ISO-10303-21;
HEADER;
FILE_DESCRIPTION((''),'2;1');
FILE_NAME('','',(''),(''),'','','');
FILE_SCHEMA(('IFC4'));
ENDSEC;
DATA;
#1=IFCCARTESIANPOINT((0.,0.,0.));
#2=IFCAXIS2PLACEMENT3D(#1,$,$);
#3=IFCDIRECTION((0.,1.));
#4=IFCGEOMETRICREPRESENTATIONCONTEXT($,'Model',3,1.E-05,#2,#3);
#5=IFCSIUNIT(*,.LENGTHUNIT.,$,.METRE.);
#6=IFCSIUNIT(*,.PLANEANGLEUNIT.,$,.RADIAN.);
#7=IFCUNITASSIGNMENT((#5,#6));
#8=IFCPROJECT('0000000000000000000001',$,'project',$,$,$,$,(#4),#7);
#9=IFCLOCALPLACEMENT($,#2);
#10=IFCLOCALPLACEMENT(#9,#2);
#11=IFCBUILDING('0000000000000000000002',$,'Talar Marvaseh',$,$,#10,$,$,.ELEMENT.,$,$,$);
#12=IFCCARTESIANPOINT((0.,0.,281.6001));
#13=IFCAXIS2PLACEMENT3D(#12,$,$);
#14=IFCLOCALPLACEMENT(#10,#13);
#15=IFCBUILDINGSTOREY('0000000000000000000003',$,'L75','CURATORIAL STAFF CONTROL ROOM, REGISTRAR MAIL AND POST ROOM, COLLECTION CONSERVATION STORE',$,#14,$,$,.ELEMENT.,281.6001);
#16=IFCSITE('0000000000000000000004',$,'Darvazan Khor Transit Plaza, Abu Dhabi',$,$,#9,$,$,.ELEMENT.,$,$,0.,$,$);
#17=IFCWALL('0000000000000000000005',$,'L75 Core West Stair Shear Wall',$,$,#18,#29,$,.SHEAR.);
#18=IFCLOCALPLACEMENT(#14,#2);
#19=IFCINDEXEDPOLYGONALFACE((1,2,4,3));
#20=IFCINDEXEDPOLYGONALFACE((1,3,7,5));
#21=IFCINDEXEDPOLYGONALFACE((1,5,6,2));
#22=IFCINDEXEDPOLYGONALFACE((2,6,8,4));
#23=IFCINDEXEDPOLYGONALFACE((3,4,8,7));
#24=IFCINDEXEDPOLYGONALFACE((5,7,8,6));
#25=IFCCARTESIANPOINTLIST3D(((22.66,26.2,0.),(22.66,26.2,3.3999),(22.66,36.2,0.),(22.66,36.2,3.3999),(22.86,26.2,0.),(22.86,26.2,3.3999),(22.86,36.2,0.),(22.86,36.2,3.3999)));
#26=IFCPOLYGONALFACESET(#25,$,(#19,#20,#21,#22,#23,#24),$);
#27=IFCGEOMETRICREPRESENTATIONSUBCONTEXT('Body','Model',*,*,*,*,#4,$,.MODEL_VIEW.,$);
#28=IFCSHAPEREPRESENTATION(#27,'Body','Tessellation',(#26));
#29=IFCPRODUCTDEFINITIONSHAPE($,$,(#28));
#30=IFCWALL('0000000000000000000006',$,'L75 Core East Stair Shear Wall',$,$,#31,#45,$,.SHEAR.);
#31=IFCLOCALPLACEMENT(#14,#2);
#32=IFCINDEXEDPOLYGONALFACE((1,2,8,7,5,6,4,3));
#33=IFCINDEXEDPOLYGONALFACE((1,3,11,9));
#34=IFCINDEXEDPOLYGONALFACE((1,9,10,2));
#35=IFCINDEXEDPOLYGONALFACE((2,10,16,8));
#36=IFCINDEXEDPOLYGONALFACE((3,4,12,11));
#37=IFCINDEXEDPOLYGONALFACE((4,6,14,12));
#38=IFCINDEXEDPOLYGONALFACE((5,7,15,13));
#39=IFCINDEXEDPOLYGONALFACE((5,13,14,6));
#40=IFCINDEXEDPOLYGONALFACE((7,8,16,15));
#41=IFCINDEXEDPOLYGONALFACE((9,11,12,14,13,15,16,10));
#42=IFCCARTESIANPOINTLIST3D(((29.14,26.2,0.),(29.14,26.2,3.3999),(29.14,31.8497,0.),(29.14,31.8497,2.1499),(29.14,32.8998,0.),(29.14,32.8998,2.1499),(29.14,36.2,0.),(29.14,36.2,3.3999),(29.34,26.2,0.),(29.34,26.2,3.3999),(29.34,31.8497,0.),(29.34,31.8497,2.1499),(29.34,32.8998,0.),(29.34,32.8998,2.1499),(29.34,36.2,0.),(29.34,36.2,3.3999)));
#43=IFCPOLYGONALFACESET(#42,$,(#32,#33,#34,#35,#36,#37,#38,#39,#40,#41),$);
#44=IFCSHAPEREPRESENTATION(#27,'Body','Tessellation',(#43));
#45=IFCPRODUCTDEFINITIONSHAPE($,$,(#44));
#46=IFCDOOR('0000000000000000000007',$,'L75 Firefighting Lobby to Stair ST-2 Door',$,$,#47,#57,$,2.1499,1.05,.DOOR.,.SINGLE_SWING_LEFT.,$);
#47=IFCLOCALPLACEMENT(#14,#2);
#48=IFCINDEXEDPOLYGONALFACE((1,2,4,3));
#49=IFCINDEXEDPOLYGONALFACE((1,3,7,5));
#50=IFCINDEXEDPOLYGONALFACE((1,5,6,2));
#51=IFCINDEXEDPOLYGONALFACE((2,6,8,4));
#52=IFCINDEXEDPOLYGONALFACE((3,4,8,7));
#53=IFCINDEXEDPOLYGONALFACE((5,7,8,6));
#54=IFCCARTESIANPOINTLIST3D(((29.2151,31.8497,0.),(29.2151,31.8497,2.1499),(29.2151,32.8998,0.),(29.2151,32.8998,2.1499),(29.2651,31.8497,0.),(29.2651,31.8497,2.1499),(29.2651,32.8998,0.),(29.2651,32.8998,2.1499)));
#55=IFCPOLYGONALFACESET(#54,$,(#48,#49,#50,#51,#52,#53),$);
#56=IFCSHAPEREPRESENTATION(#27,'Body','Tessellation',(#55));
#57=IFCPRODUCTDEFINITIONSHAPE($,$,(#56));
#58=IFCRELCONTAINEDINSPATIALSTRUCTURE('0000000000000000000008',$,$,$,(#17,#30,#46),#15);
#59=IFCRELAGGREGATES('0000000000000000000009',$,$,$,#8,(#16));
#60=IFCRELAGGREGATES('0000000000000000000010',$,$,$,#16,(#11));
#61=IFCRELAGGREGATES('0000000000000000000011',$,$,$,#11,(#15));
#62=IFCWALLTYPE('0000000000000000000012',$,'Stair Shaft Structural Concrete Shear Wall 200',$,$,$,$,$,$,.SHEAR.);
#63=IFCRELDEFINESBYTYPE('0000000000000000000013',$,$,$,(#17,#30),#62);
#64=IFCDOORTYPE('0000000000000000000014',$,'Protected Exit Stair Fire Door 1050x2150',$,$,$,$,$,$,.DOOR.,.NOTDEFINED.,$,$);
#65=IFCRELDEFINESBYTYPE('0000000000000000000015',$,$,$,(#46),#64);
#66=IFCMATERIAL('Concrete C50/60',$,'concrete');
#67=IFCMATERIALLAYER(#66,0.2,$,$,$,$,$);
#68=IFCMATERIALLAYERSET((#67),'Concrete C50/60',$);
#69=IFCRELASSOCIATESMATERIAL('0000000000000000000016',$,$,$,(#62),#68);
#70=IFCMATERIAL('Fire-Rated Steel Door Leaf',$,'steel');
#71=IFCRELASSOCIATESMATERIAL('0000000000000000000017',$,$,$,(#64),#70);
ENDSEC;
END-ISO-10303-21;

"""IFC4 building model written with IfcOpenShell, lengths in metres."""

from ifc_helpers import new_model, si_unit, direction, frame, frame_2d, origin, place, context, subcontext, project, spatial, rectangle, extrude, source, transform, mapped, material, layer, layer_set, type_object, type_shapes, element, fill, save


model = new_model("IFC4")

# Units and contexts
model_context = context("Model", 3, precision=1e-05, world=origin(), true_north=direction((0.0, 1.0)))
body_context = subcontext(model_context, "Body", "Model", "MODEL_VIEW")
ifc_project = project(units=[si_unit("LENGTHUNIT", "METRE"), si_unit("PLANEANGLEUNIT", "RADIAN")], contexts=[model_context])

# Site, building, storey
site_placement = place(None, origin())
site = spatial("IfcSite", under=ifc_project, at=site_placement, Name="Darvazan Khor Transit Plaza, Abu Dhabi", CompositionType="ELEMENT", RefElevation=0.0)
building_placement = place(site_placement, origin())
building = spatial("IfcBuilding", under=site, at=building_placement, Name="Talar Marvaseh", CompositionType="ELEMENT")
storey_placement = place(building_placement, frame((0.0, 0.0, 281.6001)))
storey = spatial("IfcBuildingStorey", under=building, at=storey_placement, Name="L75", Description="CURATORIAL STAFF CONTROL ROOM, REGISTRAR MAIL AND POST ROOM, COLLECTION CONSERVATION STORE", CompositionType="ELEMENT", Elevation=281.6001)

# Shared definitions
ifc_material_1 = material(Name="Concrete C50/60", Category="concrete")

# Shared definitions
ifc_material_2 = material(Name="Fire-Rated Steel Door Leaf", Category="steel")

# Wall
ifc_layer_1 = layer(ifc_material_1, 0.2)
ifc_layer_set_1 = layer_set([ifc_layer_1], Name="Concrete C50/60")
wall_type_1 = type_object("IfcWallType", Name="Stair Shaft Structural Concrete Shear Wall 200", PredefinedType="SHEAR", material=ifc_layer_set_1)
wall_1_placement = place(storey_placement, frame((22.76, 26.2, 0.0), z_axis=(0.0, 0.0, 1.0), x_axis=(0.0, 1.0, 0.0)))
element("IfcWall", 1, at=wall_1_placement, inside=storey, type_object=wall_type_1, Name="L75 Core West Stair Shear Wall", PredefinedType="SHEAR", context=body_context, shape_type="SweptSolid", body=[
    extrude(rectangle(XDim=10.0, YDim=0.2, at=frame_2d((5.0, 0.0))), origin(), (0.0, 0.0, 1.0), 3.3999),
])

# Wall, opening, door
wall_2_placement = place(storey_placement, frame((29.24, 26.2, 0.0), z_axis=(0.0, 0.0, 1.0), x_axis=(0.0, 1.0, 0.0)))
wall_2 = element("IfcWall", 2, at=wall_2_placement, inside=storey, type_object=wall_type_1, Name="L75 Core East Stair Shear Wall", PredefinedType="SHEAR", context=body_context, shape_type="SweptSolid", body=[
    extrude(rectangle(XDim=10.0, YDim=0.2, at=frame_2d((5.0, 0.0))), origin(), (0.0, 0.0, 1.0), 3.3999),
])
opening_1_placement = place(wall_2_placement, frame((5.6499, 0.0, 0.0)))
opening_1 = element("IfcOpeningElement", 3, at=opening_1_placement, cuts=wall_2, PredefinedType="OPENING", context=body_context, shape_type="SweptSolid", body=[
    extrude(rectangle(XDim=1.05, YDim=2.1499, at=frame_2d((0.5249, 1.075))), frame((0.0, 0.1099, 0.0), z_axis=(0.0, -1.0, 0.0), x_axis=(1.0, 0.0, 0.0)), (0.0, 0.0, 1.0), 0.22),
])
door_type_1 = type_object("IfcDoorType", Name="Protected Exit Stair Fire Door 1050x2150", OperationType="NOTDEFINED", PredefinedType="DOOR", material=ifc_material_2)
shared_shape_1 = source(origin(), body_context, "Body", "SweptSolid", [
    extrude(rectangle(XDim=1.05, YDim=2.1499, at=frame_2d((0.5249, 1.075))), frame((0.0, 0.0249, 0.0), z_axis=(0.0, -1.0, 0.0), x_axis=(1.0, 0.0, 0.0)), (0.0, 0.0, 1.0), 0.05),
])
type_shapes(door_type_1, [shared_shape_1])
door_1_placement = place(opening_1_placement, origin())
door_1 = element("IfcDoor", 4, at=door_1_placement, inside=storey, type_object=door_type_1, Name="L75 Firefighting Lobby to Stair ST-2 Door", OperationType="SINGLE_SWING_LEFT", OverallHeight=2.1499, OverallWidth=1.05, PredefinedType="DOOR", context=body_context, shape_type="MappedRepresentation", body=[
    mapped(shared_shape_1, transform((0.0, 0.0, 0.0), x_axis=(1.0, 0.0, 0.0), y_axis=(0.0, 1.0, 0.0), z_axis=(0.0, 0.0, 1.0), scale=1.0)),
])
fill(opening_1, door_1)

save(model, "model.ifc")
